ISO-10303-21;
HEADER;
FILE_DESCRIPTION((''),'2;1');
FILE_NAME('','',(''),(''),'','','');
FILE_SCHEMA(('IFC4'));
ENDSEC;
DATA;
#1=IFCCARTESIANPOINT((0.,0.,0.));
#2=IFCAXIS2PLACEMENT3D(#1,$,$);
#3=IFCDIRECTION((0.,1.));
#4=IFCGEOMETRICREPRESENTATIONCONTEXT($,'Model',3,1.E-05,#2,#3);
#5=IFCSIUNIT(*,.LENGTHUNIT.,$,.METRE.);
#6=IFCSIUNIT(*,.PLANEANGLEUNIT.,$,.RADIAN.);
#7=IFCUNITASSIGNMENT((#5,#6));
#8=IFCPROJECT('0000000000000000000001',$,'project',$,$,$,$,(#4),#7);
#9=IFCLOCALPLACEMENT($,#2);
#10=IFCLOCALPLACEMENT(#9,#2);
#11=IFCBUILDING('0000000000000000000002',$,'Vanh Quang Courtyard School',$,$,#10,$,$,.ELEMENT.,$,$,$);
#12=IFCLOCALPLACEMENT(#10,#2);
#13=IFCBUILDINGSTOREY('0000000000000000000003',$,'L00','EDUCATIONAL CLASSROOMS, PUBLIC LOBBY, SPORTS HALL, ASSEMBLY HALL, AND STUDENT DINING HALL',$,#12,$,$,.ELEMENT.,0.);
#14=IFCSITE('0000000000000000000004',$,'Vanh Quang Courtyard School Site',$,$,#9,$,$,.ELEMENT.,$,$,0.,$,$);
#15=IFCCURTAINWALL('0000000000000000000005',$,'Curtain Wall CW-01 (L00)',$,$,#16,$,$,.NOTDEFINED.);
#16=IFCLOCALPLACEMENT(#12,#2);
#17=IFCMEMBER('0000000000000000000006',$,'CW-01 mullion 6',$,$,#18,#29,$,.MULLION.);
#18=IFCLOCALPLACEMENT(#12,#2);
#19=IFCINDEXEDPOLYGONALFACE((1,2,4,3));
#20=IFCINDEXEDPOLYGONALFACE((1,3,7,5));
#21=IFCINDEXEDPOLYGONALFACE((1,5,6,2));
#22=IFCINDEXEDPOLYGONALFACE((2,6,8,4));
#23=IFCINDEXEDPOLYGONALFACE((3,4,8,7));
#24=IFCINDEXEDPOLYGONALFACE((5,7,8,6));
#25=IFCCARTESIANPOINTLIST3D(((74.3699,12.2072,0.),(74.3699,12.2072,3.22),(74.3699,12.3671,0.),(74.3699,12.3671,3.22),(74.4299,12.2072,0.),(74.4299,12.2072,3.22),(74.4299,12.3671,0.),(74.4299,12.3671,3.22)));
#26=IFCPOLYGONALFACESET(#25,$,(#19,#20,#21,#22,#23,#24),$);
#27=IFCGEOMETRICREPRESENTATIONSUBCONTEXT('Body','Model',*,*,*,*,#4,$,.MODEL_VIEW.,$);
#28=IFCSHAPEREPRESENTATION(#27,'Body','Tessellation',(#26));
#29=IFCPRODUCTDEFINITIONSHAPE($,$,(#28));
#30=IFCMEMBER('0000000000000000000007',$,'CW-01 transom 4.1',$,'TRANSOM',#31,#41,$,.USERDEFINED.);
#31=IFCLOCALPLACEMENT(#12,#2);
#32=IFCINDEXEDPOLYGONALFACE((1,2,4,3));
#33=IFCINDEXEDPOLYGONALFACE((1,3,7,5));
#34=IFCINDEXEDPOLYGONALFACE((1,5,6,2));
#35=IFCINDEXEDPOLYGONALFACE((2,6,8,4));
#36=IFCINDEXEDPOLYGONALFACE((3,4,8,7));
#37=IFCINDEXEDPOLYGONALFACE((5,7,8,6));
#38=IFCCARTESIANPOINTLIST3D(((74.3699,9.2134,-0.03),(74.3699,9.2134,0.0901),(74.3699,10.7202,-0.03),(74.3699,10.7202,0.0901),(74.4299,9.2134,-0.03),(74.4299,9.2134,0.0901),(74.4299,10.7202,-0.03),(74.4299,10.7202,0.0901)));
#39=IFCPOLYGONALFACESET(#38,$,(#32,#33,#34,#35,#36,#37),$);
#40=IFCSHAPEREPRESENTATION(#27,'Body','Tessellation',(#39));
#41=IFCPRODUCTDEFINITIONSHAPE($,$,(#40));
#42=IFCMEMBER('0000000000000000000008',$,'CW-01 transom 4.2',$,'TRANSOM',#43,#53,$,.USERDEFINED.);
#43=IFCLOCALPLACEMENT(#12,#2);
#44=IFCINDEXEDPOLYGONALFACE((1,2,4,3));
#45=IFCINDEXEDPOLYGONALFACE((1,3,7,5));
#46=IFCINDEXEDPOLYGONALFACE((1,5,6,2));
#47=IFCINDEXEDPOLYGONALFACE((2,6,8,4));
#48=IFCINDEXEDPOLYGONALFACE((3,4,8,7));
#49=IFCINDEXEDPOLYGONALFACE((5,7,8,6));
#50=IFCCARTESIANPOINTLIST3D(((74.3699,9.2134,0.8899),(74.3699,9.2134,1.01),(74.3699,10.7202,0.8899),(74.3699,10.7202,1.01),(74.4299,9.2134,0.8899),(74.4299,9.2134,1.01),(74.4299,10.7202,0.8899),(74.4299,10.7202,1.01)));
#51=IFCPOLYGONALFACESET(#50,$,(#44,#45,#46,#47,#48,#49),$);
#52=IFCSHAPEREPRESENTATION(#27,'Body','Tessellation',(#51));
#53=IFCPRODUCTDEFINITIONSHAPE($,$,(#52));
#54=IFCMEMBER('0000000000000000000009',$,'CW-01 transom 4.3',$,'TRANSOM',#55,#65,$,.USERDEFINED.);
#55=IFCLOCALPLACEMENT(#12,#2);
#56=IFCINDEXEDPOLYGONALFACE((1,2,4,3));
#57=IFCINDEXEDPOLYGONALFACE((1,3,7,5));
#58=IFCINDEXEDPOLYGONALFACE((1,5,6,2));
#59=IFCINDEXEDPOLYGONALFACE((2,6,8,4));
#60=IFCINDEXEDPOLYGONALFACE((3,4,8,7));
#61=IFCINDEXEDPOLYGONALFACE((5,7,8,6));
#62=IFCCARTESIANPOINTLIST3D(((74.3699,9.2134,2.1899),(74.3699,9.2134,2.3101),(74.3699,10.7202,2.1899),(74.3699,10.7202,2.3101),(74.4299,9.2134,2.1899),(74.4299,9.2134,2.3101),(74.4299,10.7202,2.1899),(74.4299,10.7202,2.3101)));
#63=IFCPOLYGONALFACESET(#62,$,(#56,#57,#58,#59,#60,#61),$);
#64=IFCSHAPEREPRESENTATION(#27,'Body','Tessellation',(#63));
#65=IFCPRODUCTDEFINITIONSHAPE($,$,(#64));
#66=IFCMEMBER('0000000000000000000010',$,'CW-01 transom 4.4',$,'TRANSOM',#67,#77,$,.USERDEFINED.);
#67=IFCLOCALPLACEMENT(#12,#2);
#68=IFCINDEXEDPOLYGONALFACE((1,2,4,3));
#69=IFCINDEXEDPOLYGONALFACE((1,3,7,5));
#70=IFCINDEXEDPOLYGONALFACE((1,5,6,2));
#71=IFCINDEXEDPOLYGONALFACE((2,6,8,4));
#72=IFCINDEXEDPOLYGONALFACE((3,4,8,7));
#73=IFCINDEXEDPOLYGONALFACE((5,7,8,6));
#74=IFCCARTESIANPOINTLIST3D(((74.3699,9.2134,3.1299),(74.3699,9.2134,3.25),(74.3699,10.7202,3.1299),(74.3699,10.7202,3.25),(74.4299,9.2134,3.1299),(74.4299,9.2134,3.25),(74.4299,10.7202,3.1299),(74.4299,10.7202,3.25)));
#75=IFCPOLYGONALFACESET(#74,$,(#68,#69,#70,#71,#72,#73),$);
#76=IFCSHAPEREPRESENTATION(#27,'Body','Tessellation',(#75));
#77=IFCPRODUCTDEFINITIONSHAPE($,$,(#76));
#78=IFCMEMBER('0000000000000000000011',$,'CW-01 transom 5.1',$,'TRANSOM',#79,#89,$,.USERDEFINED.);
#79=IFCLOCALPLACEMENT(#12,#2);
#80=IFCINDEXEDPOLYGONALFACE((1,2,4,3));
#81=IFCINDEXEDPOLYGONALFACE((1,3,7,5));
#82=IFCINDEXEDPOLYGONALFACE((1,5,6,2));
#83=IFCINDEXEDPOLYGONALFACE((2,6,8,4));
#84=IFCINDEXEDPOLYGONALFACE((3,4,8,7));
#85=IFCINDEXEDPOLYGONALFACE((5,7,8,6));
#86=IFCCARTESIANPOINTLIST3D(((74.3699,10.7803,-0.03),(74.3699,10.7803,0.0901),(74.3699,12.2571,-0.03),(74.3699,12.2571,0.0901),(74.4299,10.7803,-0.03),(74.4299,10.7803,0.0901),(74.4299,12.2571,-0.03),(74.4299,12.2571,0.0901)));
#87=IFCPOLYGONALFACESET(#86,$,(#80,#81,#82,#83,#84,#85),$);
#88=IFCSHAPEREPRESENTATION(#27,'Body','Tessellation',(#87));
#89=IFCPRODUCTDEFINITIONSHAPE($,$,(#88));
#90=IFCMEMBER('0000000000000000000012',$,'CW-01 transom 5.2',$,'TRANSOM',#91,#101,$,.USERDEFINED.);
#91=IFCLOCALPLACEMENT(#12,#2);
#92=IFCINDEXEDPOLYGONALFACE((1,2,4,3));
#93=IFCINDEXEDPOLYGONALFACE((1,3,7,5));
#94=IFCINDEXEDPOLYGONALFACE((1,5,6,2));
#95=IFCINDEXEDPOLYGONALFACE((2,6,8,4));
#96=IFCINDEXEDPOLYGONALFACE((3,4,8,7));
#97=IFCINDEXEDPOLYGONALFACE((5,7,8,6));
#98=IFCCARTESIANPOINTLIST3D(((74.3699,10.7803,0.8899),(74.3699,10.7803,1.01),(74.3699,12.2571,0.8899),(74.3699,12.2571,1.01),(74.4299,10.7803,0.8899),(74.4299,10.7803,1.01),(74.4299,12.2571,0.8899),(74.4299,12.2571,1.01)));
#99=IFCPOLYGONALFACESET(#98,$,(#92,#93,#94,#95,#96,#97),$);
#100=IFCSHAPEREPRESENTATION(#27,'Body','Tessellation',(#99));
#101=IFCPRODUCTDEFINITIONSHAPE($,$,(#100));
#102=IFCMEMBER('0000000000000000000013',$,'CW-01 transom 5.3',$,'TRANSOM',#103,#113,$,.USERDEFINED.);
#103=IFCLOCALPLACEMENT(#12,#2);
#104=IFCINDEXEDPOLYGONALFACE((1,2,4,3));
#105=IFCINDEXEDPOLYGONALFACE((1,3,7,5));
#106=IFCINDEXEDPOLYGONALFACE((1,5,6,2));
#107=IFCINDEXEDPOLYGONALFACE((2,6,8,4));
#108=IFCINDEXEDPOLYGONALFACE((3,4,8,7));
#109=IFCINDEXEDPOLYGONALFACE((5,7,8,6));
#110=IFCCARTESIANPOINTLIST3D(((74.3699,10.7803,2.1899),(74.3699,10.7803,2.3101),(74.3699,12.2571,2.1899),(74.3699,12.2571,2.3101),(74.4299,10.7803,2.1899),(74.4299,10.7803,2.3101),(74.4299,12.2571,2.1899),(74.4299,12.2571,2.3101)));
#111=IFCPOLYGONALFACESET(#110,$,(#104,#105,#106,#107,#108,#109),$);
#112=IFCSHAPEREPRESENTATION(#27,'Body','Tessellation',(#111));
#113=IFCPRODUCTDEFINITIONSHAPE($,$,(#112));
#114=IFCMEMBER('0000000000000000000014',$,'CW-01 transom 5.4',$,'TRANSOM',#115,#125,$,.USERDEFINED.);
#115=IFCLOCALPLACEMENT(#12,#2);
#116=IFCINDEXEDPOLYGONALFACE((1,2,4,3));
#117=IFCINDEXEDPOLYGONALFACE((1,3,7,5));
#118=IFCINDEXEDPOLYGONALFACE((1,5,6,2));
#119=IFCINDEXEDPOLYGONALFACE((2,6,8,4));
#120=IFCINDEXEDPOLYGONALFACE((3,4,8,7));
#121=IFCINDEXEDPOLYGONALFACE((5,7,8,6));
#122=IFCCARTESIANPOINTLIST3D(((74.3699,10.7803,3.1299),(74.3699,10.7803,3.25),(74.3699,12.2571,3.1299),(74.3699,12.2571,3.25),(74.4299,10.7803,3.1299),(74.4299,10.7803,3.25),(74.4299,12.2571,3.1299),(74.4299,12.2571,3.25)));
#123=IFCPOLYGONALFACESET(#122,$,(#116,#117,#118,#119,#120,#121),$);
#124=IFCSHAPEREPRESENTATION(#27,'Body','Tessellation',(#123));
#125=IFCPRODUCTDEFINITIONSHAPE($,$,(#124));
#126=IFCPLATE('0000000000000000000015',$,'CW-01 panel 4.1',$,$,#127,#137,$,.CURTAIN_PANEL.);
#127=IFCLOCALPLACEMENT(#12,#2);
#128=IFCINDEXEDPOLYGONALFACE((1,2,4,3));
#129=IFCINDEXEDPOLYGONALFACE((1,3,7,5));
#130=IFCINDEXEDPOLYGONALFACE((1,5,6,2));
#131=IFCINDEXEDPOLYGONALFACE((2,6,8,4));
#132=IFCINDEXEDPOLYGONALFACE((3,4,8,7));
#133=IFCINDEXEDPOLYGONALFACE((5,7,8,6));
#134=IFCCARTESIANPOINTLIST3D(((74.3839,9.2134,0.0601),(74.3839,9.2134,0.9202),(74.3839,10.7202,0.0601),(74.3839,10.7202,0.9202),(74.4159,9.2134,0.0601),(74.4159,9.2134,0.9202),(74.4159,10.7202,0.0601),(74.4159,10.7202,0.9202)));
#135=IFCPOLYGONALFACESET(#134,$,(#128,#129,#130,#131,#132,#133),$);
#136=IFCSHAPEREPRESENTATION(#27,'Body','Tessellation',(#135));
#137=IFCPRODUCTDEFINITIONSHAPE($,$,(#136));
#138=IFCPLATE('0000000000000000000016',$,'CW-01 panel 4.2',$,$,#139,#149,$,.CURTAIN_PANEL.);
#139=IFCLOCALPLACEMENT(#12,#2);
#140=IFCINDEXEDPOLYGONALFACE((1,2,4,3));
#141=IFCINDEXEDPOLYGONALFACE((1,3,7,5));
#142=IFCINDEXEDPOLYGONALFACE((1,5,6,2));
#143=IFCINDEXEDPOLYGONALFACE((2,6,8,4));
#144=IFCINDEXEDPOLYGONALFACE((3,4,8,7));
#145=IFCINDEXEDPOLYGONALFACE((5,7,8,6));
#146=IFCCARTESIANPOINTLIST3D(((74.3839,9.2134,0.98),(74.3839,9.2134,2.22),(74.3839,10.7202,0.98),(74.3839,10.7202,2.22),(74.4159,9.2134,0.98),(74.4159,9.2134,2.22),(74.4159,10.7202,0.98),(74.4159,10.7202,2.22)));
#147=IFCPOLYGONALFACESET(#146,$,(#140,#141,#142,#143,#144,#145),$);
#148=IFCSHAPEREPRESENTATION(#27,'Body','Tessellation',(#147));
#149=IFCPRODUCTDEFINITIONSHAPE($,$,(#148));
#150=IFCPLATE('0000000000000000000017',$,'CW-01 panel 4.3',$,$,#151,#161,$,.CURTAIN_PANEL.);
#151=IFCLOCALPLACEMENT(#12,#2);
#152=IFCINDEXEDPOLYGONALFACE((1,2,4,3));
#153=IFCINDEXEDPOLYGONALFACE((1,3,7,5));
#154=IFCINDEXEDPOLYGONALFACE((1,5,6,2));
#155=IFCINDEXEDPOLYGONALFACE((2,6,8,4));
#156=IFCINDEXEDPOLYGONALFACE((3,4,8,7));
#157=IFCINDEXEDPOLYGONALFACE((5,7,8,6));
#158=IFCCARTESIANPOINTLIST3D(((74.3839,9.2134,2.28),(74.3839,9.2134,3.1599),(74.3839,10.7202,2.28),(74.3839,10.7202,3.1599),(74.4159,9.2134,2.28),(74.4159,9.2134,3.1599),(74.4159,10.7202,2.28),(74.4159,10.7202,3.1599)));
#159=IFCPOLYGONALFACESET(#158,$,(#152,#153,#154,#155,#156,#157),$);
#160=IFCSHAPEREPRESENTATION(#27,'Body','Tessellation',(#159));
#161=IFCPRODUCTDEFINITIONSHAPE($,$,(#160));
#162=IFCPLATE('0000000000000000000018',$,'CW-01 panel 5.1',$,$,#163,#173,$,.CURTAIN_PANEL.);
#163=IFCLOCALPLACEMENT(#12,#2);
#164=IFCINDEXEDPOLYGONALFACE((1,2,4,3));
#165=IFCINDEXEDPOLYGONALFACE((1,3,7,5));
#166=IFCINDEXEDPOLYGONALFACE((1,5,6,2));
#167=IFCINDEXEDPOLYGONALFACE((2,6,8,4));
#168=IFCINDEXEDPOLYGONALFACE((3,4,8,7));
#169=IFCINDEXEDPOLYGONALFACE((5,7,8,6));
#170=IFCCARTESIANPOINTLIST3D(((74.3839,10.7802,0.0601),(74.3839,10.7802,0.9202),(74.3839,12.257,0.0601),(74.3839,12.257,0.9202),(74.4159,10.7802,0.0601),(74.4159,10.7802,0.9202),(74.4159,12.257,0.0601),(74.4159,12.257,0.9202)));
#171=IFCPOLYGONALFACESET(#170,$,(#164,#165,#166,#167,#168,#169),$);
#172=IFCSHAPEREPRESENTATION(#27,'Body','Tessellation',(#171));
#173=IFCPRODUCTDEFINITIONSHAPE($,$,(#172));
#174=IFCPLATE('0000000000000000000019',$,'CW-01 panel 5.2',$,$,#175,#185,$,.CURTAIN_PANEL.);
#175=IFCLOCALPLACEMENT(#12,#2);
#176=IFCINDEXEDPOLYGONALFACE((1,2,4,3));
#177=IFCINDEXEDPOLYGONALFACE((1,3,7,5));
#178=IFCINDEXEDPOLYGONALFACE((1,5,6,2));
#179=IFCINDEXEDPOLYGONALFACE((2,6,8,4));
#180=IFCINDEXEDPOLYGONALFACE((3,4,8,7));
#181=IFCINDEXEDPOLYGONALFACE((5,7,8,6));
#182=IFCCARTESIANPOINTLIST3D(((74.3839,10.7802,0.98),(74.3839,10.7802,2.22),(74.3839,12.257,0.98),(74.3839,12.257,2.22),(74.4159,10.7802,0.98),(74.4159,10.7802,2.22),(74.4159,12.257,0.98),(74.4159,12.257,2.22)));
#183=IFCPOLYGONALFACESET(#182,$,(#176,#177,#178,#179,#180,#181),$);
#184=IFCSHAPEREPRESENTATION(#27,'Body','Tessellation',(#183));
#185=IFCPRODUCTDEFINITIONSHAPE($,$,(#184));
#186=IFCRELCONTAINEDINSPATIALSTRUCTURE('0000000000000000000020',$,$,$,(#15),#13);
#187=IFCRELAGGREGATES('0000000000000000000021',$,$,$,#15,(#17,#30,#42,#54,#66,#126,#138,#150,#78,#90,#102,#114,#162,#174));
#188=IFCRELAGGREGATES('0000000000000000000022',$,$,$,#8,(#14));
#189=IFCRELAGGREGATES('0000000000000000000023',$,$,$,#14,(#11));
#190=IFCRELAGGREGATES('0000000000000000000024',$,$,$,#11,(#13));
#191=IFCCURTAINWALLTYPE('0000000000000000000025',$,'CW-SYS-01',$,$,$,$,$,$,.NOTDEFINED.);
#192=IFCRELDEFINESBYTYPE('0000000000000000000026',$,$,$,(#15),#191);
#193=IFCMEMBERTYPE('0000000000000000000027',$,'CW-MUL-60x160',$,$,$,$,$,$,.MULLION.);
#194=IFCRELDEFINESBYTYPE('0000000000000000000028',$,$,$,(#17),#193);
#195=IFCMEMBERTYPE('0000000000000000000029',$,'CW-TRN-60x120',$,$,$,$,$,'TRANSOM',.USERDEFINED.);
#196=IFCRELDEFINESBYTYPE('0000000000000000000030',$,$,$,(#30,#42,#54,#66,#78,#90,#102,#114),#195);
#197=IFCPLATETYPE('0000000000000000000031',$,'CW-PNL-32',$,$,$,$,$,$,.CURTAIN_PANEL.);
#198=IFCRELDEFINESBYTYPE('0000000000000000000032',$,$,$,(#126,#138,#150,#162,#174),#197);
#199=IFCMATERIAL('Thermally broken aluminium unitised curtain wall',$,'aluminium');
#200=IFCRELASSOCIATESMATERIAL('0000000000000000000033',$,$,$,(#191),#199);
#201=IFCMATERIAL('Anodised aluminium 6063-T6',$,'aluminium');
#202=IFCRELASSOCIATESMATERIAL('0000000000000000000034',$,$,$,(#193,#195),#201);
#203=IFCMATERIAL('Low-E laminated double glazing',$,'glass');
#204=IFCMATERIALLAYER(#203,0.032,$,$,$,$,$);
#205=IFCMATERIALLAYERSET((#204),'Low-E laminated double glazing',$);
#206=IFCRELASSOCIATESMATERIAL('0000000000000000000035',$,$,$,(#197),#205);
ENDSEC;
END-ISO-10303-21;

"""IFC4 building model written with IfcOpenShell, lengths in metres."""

from ifc_helpers import new_model, si_unit, direction, frame, origin, origin_2d, place, context, subcontext, project, spatial, rectangle, extrude, material, layer, layer_set, material_profile, profile_set, type_object, element, aggregate, save


model = new_model("IFC4")

# Units and contexts
model_context = context("Model", 3, precision=1e-05, world=origin(), true_north=direction((0.0, 1.0)))
body_context = subcontext(model_context, "Body", "Model", "MODEL_VIEW")
ifc_project = project(units=[si_unit("LENGTHUNIT", "METRE"), si_unit("PLANEANGLEUNIT", "RADIAN")], contexts=[model_context])

# Site, building, storey
site_placement = place(None, origin())
site = spatial("IfcSite", under=ifc_project, at=site_placement, Name="Vanh Quang Courtyard School Site", CompositionType="ELEMENT", RefElevation=0.0)
building_placement = place(site_placement, origin())
building = spatial("IfcBuilding", under=site, at=building_placement, Name="Vanh Quang Courtyard School", CompositionType="ELEMENT")
storey_placement = place(building_placement, origin())
storey = spatial("IfcBuildingStorey", under=building, at=storey_placement, Name="L00", Description="EDUCATIONAL CLASSROOMS, PUBLIC LOBBY, SPORTS HALL, ASSEMBLY HALL, AND STUDENT DINING HALL", CompositionType="ELEMENT", Elevation=0.0)

# Curtain wall, members, plates
ifc_material_1 = material(Name="Thermally broken aluminium unitised curtain wall", Category="aluminium")
curtain_wall_type = type_object("IfcCurtainWallType", Name="CW-SYS-01", PredefinedType="NOTDEFINED", material=ifc_material_1)
curtain_wall_placement = place(storey_placement, origin())
curtain_wall = element("IfcCurtainWall", 1, at=curtain_wall_placement, inside=storey, type_object=curtain_wall_type, Name="Curtain Wall CW-01 (L00)", PredefinedType="NOTDEFINED")
ifc_material_2 = material(Name="Anodised aluminium 6063-T6", Category="aluminium")
ifc_material_profile_1 = material_profile(ifc_material_2, rectangle(XDim=0.0601, YDim=0.1599, at=origin_2d()), Name="ALU-MUL 60x160")
ifc_profile_set_1 = profile_set([ifc_material_profile_1], Name="Anodised aluminium 6063-T6")
member_type_1 = type_object("IfcMemberType", Name="CW-MUL-60x160", PredefinedType="MULLION", material=ifc_profile_set_1)
member_1_placement = place(storey_placement, frame((74.3999, 12.2871, 0.0), z_axis=(0.0, 0.0, 1.0), x_axis=(-1.0, 0.0, 0.0)))
member_1 = element("IfcMember", 2, at=member_1_placement, type_object=member_type_1, Name="CW-01 mullion 6", PredefinedType="MULLION", context=body_context, shape_type="SweptSolid", body=[
    extrude(rectangle(XDim=0.0601, YDim=0.1599, at=origin_2d()), origin(), (0.0, 0.0, 1.0), 3.22),
])
ifc_material_profile_2 = material_profile(ifc_material_2, rectangle(XDim=0.0601, YDim=0.1201, at=origin_2d()), Name="ALU-TRN 60x120")
ifc_profile_set_2 = profile_set([ifc_material_profile_2], Name="Anodised aluminium 6063-T6")
member_type_2 = type_object("IfcMemberType", Name="CW-TRN-60x120", ElementType="TRANSOM", PredefinedType="USERDEFINED", material=ifc_profile_set_2)
member_2_placement = place(storey_placement, frame((74.3999, 9.2134, 0.03), z_axis=(0.0, 1.0, 0.0), x_axis=(-1.0, 0.0, 0.0)))
member_2 = element("IfcMember", 3, at=member_2_placement, type_object=member_type_2, Name="CW-01 transom 4.1", ObjectType="TRANSOM", PredefinedType="USERDEFINED", context=body_context, shape_type="SweptSolid", body=[
    extrude(rectangle(XDim=0.0601, YDim=0.1201, at=origin_2d()), origin(), (0.0, 0.0, 1.0), 1.5068),
])
member_3_placement = place(storey_placement, frame((74.3999, 9.2134, 0.95), z_axis=(0.0, 1.0, 0.0), x_axis=(-1.0, 0.0, 0.0)))
member_3 = element("IfcMember", 4, at=member_3_placement, type_object=member_type_2, Name="CW-01 transom 4.2", ObjectType="TRANSOM", PredefinedType="USERDEFINED", context=body_context, shape_type="SweptSolid", body=[
    extrude(rectangle(XDim=0.0601, YDim=0.1201, at=origin_2d()), origin(), (0.0, 0.0, 1.0), 1.5068),
])
member_4_placement = place(storey_placement, frame((74.3999, 9.2134, 2.25), z_axis=(0.0, 1.0, 0.0), x_axis=(-1.0, 0.0, 0.0)))
member_4 = element("IfcMember", 5, at=member_4_placement, type_object=member_type_2, Name="CW-01 transom 4.3", ObjectType="TRANSOM", PredefinedType="USERDEFINED", context=body_context, shape_type="SweptSolid", body=[
    extrude(rectangle(XDim=0.0601, YDim=0.1201, at=origin_2d()), origin(), (0.0, 0.0, 1.0), 1.5068),
])
member_5_placement = place(storey_placement, frame((74.3999, 9.2134, 3.1899), z_axis=(0.0, 1.0, 0.0), x_axis=(-1.0, 0.0, 0.0)))
member_5 = element("IfcMember", 6, at=member_5_placement, type_object=member_type_2, Name="CW-01 transom 4.4", ObjectType="TRANSOM", PredefinedType="USERDEFINED", context=body_context, shape_type="SweptSolid", body=[
    extrude(rectangle(XDim=0.0601, YDim=0.1201, at=origin_2d()), origin(), (0.0, 0.0, 1.0), 1.5068),
])
member_6_placement = place(storey_placement, frame((74.3999, 10.7803, 0.03), z_axis=(0.0, 1.0, 0.0), x_axis=(-1.0, 0.0, 0.0)))
member_6 = element("IfcMember", 7, at=member_6_placement, type_object=member_type_2, Name="CW-01 transom 5.1", ObjectType="TRANSOM", PredefinedType="USERDEFINED", context=body_context, shape_type="SweptSolid", body=[
    extrude(rectangle(XDim=0.0601, YDim=0.1201, at=origin_2d()), origin(), (0.0, 0.0, 1.0), 1.4768),
])
member_7_placement = place(storey_placement, frame((74.3999, 10.7803, 0.95), z_axis=(0.0, 1.0, 0.0), x_axis=(-1.0, 0.0, 0.0)))
member_7 = element("IfcMember", 8, at=member_7_placement, type_object=member_type_2, Name="CW-01 transom 5.2", ObjectType="TRANSOM", PredefinedType="USERDEFINED", context=body_context, shape_type="SweptSolid", body=[
    extrude(rectangle(XDim=0.0601, YDim=0.1201, at=origin_2d()), origin(), (0.0, 0.0, 1.0), 1.4768),
])
member_8_placement = place(storey_placement, frame((74.3999, 10.7803, 2.25), z_axis=(0.0, 1.0, 0.0), x_axis=(-1.0, 0.0, 0.0)))
member_8 = element("IfcMember", 9, at=member_8_placement, type_object=member_type_2, Name="CW-01 transom 5.3", ObjectType="TRANSOM", PredefinedType="USERDEFINED", context=body_context, shape_type="SweptSolid", body=[
    extrude(rectangle(XDim=0.0601, YDim=0.1201, at=origin_2d()), origin(), (0.0, 0.0, 1.0), 1.4768),
])
member_9_placement = place(storey_placement, frame((74.3999, 10.7803, 3.1899), z_axis=(0.0, 1.0, 0.0), x_axis=(-1.0, 0.0, 0.0)))
member_9 = element("IfcMember", 10, at=member_9_placement, type_object=member_type_2, Name="CW-01 transom 5.4", ObjectType="TRANSOM", PredefinedType="USERDEFINED", context=body_context, shape_type="SweptSolid", body=[
    extrude(rectangle(XDim=0.0601, YDim=0.1201, at=origin_2d()), origin(), (0.0, 0.0, 1.0), 1.4768),
])
ifc_material_3 = material(Name="Low-E laminated double glazing", Category="glass")
ifc_layer_1 = layer(ifc_material_3, 0.032)
ifc_layer_set_1 = layer_set([ifc_layer_1], Name="Low-E laminated double glazing")
plate_type = type_object("IfcPlateType", Name="CW-PNL-32", PredefinedType="CURTAIN_PANEL", material=ifc_layer_set_1)
plate_1_placement = place(storey_placement, frame((74.3999, 9.9668, 0.0601), z_axis=(0.0, 0.0, 1.0), x_axis=(0.0, 1.0, 0.0)))
plate_1 = element("IfcPlate", 11, at=plate_1_placement, type_object=plate_type, Name="CW-01 panel 4.1", PredefinedType="CURTAIN_PANEL", context=body_context, shape_type="SweptSolid", body=[
    extrude(rectangle(XDim=1.5068, YDim=0.032, at=origin_2d()), origin(), (0.0, 0.0, 1.0), 0.8601),
])
plate_2_placement = place(storey_placement, frame((74.3999, 9.9668, 0.98), z_axis=(0.0, 0.0, 1.0), x_axis=(0.0, 1.0, 0.0)))
plate_2 = element("IfcPlate", 12, at=plate_2_placement, type_object=plate_type, Name="CW-01 panel 4.2", PredefinedType="CURTAIN_PANEL", context=body_context, shape_type="SweptSolid", body=[
    extrude(rectangle(XDim=1.5068, YDim=0.032, at=origin_2d()), origin(), (0.0, 0.0, 1.0), 1.24),
])
plate_3_placement = place(storey_placement, frame((74.3999, 9.9668, 2.28), z_axis=(0.0, 0.0, 1.0), x_axis=(0.0, 1.0, 0.0)))
plate_3 = element("IfcPlate", 13, at=plate_3_placement, type_object=plate_type, Name="CW-01 panel 4.3", PredefinedType="CURTAIN_PANEL", context=body_context, shape_type="SweptSolid", body=[
    extrude(rectangle(XDim=1.5068, YDim=0.032, at=origin_2d()), origin(), (0.0, 0.0, 1.0), 0.8799),
])
plate_4_placement = place(storey_placement, frame((74.3999, 11.5186, 0.0601), z_axis=(0.0, 0.0, 1.0), x_axis=(0.0, 1.0, 0.0)))
plate_4 = element("IfcPlate", 14, at=plate_4_placement, type_object=plate_type, Name="CW-01 panel 5.1", PredefinedType="CURTAIN_PANEL", context=body_context, shape_type="SweptSolid", body=[
    extrude(rectangle(XDim=1.4768, YDim=0.032, at=origin_2d()), origin(), (0.0, 0.0, 1.0), 0.8601),
])
plate_5_placement = place(storey_placement, frame((74.3999, 11.5186, 0.98), z_axis=(0.0, 0.0, 1.0), x_axis=(0.0, 1.0, 0.0)))
plate_5 = element("IfcPlate", 15, at=plate_5_placement, type_object=plate_type, Name="CW-01 panel 5.2", PredefinedType="CURTAIN_PANEL", context=body_context, shape_type="SweptSolid", body=[
    extrude(rectangle(XDim=1.4768, YDim=0.032, at=origin_2d()), origin(), (0.0, 0.0, 1.0), 1.24),
])
aggregate(curtain_wall, [member_1, member_2, member_3, member_4, member_5, plate_1, plate_2, plate_3, member_6, member_7, member_8, member_9, plate_4, plate_5])

save(model, "model.ifc")
